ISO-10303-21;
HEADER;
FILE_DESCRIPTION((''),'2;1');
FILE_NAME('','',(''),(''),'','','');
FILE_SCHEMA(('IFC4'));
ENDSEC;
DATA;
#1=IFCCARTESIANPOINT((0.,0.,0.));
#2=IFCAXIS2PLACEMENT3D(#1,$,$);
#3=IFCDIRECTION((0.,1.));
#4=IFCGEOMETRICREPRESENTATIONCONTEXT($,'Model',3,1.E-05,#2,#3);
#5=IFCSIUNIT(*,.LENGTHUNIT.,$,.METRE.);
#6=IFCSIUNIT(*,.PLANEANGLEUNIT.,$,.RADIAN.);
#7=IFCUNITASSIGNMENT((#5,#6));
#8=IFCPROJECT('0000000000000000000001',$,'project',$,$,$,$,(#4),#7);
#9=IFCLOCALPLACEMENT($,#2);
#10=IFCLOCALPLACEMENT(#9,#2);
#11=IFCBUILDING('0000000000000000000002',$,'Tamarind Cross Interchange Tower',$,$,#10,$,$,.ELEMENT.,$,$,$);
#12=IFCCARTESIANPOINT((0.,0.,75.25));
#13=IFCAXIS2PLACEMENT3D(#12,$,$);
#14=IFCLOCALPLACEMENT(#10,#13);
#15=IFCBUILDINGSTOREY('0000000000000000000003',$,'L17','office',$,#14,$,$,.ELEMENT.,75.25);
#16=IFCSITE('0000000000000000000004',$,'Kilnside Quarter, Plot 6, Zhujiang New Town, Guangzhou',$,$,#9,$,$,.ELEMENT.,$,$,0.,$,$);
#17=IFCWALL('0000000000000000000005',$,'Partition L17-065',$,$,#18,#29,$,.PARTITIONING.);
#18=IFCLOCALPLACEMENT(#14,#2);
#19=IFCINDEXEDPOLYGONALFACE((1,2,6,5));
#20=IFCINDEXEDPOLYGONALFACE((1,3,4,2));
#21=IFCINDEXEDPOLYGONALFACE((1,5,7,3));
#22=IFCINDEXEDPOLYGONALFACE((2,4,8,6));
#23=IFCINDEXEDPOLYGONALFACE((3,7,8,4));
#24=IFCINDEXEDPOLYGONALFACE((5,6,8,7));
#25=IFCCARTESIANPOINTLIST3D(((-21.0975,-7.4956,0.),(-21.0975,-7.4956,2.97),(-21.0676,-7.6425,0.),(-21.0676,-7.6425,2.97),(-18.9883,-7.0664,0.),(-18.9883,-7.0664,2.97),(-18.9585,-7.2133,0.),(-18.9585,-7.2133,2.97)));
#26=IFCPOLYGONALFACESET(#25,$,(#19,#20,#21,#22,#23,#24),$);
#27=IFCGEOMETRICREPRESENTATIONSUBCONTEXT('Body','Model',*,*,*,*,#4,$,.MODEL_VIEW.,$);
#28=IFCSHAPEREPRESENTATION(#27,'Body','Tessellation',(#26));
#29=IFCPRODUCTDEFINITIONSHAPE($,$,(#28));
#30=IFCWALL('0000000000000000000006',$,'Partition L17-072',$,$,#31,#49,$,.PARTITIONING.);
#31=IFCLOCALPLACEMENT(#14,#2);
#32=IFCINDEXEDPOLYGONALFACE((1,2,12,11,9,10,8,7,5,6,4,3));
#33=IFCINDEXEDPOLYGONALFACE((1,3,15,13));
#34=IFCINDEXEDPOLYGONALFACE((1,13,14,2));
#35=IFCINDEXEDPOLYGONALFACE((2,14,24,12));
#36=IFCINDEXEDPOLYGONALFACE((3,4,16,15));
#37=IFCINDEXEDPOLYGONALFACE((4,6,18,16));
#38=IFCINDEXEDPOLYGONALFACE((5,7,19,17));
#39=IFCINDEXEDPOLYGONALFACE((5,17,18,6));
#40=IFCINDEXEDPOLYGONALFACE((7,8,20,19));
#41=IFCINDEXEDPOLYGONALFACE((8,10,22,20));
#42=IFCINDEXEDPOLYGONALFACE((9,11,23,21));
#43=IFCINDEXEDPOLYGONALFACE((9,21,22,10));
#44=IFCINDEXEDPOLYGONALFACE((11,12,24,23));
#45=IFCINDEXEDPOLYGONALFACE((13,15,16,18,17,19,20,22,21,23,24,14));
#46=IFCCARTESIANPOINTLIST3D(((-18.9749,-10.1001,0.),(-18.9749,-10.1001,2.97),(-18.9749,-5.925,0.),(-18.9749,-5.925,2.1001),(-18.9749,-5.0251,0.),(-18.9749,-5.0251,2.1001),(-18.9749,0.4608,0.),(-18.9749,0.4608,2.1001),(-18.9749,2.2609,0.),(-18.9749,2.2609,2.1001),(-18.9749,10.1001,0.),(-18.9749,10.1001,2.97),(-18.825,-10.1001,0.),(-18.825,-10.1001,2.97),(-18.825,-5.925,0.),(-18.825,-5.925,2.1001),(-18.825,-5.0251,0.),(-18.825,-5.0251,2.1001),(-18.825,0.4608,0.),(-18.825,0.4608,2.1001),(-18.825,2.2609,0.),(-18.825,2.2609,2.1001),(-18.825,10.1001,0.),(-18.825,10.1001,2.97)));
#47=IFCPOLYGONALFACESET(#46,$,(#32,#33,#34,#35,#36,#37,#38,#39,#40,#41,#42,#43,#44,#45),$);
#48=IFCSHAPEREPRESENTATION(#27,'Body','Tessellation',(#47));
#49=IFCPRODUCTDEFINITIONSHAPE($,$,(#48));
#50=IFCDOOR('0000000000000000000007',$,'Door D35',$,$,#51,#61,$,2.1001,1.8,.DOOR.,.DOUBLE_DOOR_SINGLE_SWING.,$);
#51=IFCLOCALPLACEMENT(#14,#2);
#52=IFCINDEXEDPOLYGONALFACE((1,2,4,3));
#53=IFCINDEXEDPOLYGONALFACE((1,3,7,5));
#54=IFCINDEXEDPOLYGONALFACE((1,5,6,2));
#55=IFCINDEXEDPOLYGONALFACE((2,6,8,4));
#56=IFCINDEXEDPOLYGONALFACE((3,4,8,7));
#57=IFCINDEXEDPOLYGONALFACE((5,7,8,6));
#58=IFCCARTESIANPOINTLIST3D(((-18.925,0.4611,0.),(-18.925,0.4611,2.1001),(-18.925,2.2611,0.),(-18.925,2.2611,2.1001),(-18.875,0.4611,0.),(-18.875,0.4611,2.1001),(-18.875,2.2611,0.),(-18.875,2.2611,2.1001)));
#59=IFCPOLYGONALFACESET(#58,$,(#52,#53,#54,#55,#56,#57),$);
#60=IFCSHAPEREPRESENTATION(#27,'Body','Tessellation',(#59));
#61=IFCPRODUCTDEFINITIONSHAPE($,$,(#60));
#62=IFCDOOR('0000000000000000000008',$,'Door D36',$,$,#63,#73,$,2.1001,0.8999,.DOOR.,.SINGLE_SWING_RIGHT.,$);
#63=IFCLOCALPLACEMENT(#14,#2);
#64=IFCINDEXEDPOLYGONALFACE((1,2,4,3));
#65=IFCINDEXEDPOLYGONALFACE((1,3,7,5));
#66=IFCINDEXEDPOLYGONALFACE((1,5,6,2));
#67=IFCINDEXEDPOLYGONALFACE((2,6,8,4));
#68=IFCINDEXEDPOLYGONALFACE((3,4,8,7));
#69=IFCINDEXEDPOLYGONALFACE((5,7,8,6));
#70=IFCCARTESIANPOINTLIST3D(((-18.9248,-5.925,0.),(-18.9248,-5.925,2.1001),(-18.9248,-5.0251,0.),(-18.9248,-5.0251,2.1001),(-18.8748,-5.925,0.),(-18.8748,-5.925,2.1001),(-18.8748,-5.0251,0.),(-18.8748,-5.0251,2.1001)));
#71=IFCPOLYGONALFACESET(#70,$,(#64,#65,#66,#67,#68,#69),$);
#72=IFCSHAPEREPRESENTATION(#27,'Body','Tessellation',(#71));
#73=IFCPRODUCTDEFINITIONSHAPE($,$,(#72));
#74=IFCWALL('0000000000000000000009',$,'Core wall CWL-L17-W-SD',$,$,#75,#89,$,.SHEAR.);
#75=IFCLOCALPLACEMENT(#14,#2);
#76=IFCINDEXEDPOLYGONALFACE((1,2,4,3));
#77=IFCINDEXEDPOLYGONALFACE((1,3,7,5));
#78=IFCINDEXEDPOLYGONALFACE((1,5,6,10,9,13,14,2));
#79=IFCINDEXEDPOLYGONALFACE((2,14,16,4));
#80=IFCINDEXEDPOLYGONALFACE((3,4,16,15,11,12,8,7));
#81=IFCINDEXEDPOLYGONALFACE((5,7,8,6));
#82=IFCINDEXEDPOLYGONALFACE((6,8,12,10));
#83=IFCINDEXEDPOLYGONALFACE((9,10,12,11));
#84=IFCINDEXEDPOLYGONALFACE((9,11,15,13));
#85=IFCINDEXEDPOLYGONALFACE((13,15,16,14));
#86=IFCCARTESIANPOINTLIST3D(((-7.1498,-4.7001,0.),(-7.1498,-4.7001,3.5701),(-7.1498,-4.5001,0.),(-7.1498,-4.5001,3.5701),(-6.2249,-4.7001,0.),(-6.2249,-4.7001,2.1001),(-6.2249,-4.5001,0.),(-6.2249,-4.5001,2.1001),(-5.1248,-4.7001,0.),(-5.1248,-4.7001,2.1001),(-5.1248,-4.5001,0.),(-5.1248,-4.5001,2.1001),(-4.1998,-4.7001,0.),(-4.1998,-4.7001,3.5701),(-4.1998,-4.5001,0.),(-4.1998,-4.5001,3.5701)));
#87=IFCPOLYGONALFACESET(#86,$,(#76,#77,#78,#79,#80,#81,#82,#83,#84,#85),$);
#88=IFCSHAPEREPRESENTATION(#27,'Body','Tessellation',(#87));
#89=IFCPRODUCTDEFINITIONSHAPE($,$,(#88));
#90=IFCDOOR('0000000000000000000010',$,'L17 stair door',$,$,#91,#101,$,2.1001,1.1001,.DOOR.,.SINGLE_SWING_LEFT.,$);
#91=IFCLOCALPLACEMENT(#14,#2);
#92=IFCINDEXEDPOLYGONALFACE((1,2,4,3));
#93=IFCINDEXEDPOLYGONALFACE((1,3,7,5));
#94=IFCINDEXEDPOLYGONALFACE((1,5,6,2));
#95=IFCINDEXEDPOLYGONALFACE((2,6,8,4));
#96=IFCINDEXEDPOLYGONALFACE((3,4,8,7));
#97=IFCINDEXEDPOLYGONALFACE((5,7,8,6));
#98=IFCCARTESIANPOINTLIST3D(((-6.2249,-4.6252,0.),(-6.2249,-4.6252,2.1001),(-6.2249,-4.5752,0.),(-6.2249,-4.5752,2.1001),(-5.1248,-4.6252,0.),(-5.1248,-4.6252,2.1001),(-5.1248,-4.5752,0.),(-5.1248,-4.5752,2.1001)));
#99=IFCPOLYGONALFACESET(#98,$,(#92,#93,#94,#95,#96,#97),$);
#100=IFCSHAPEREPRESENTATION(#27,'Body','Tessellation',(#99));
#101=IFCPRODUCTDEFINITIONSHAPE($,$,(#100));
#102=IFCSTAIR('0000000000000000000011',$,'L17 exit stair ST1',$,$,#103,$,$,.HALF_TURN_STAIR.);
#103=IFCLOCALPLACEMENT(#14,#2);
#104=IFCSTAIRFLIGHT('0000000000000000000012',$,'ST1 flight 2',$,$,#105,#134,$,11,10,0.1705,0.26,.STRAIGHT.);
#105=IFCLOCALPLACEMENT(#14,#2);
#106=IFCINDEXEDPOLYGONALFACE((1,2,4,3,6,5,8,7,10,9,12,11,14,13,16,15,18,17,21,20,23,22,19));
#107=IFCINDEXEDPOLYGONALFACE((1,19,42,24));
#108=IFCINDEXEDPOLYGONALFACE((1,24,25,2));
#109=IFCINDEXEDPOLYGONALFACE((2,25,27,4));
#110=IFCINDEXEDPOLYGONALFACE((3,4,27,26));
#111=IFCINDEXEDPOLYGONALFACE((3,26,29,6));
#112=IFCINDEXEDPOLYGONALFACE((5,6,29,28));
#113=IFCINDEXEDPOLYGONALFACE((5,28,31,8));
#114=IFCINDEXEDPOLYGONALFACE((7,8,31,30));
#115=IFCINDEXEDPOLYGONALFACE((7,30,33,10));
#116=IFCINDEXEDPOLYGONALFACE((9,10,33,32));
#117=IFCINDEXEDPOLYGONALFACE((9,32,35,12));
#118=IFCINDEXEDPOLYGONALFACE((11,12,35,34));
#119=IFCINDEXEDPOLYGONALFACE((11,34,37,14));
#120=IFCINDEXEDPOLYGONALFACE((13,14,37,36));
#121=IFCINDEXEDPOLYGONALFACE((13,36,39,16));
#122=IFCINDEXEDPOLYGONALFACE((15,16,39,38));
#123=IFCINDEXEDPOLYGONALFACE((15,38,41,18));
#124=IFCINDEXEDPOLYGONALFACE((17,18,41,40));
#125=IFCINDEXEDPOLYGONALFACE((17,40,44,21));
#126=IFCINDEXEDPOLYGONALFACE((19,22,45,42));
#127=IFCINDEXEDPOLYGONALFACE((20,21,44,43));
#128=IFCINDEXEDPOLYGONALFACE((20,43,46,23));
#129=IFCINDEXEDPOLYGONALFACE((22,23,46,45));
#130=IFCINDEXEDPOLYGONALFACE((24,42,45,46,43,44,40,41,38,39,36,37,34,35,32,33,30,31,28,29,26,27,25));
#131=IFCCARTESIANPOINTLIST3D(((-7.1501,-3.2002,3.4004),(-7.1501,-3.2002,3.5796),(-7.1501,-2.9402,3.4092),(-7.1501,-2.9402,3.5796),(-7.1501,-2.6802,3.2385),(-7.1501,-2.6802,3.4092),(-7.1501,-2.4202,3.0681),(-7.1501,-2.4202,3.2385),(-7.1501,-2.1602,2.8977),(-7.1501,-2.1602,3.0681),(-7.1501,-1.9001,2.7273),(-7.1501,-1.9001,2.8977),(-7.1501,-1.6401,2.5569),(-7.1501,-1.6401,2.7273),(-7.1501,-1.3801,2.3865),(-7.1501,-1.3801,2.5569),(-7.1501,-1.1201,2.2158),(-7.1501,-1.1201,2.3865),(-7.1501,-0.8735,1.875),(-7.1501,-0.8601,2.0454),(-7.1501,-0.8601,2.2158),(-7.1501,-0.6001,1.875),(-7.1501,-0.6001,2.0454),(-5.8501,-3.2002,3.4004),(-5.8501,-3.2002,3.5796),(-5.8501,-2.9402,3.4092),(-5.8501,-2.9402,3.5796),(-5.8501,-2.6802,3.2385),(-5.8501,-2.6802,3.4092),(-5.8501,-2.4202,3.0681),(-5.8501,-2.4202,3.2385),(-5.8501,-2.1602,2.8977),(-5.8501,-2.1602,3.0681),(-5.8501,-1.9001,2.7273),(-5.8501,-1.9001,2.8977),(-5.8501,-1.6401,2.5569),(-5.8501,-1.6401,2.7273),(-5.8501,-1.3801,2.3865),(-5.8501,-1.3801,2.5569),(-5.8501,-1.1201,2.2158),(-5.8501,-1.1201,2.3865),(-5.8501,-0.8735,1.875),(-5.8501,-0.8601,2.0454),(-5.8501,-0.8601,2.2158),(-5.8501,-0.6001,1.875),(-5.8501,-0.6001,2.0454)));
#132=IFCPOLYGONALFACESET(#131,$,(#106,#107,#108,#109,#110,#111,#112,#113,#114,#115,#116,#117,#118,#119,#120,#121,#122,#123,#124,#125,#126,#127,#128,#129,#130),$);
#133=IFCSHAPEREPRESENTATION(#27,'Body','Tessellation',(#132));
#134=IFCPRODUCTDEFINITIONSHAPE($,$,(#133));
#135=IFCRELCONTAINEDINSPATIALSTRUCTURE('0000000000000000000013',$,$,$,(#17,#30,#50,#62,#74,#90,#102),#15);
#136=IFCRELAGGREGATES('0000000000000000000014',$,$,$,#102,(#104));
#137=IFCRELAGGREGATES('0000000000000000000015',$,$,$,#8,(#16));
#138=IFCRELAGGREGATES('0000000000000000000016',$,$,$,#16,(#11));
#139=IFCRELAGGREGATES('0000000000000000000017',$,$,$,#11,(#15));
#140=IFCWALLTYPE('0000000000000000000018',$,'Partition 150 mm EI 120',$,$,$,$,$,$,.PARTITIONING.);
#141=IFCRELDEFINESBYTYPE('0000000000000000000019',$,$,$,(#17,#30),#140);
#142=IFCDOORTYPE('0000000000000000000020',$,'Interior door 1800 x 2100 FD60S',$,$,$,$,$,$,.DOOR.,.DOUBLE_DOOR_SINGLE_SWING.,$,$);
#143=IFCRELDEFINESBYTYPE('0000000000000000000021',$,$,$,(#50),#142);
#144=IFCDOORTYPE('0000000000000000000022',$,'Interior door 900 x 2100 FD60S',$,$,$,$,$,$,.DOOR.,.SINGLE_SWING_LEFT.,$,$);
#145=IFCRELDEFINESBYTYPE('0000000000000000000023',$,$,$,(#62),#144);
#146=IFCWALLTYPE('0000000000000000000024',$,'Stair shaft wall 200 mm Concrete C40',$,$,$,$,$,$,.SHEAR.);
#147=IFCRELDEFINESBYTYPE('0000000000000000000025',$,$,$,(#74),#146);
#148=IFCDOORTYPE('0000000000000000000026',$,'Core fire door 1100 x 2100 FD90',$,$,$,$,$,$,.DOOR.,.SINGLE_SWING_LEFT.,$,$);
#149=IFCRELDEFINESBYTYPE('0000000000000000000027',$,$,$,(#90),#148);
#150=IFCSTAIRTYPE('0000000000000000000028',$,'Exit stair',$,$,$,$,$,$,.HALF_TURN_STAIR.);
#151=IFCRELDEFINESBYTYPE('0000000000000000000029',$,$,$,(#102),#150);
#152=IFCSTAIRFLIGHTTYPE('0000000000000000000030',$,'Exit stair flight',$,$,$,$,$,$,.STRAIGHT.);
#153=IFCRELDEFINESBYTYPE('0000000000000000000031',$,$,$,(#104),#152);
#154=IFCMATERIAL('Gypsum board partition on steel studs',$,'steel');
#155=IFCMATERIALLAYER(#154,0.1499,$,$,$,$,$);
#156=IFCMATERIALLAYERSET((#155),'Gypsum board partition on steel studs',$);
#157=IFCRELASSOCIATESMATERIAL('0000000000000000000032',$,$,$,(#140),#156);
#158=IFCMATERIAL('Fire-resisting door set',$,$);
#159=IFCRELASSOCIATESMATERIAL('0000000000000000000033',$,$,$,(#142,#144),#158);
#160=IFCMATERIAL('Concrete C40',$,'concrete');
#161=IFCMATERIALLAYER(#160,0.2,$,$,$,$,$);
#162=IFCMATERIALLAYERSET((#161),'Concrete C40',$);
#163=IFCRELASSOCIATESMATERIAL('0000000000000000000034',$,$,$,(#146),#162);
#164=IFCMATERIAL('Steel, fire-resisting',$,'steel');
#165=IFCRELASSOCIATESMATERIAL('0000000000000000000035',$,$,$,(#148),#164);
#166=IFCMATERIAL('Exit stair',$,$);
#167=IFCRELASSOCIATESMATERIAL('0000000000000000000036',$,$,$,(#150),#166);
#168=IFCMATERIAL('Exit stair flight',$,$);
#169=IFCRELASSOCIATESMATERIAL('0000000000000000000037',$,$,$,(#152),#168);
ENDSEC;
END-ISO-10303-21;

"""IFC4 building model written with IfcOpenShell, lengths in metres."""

from ifc_helpers import new_model, si_unit, direction, frame, frame_2d, origin, place, context, subcontext, project, spatial, polyline, rectangle, outline, extrude, material, layer, layer_set, type_object, element, fill, aggregate, save


model = new_model("IFC4")

# Units and contexts
model_context = context("Model", 3, precision=1e-05, world=origin(), true_north=direction((0.0, 1.0)))
body_context = subcontext(model_context, "Body", "Model", "MODEL_VIEW")
ifc_project = project(units=[si_unit("LENGTHUNIT", "METRE"), si_unit("PLANEANGLEUNIT", "RADIAN")], contexts=[model_context])

# Site, building, storey
site_placement = place(None, origin())
site = spatial("IfcSite", under=ifc_project, at=site_placement, Name="Kilnside Quarter, Plot 6, Zhujiang New Town, Guangzhou", CompositionType="ELEMENT", RefElevation=0.0)
building_placement = place(site_placement, origin())
building = spatial("IfcBuilding", under=site, at=building_placement, Name="Tamarind Cross Interchange Tower", CompositionType="ELEMENT")
storey_placement = place(building_placement, frame((0.0, 0.0, 75.25)))
storey = spatial("IfcBuildingStorey", under=building, at=storey_placement, Name="L17", Description="office", CompositionType="ELEMENT", Elevation=75.25)

# Shared definitions
ifc_material_1 = material(Name="Steel, fire-resisting", Category="steel")

# Wall
ifc_material_2 = material(Name="Gypsum board partition on steel studs", Category="steel")
ifc_layer_1 = layer(ifc_material_2, 0.1499)
ifc_layer_set_1 = layer_set([ifc_layer_1], Name="Gypsum board partition on steel studs")
wall_type_1 = type_object("IfcWallType", Name="Partition 150 mm EI 120", PredefinedType="PARTITIONING", material=ifc_layer_set_1)
wall_1_placement = place(storey_placement, frame((-21.0825, -7.5691, 0.0), z_axis=(0.0, 0.0, 1.0), x_axis=(0.979916, 0.199409, 0.0)))
element("IfcWall", 1, at=wall_1_placement, inside=storey, type_object=wall_type_1, Name="Partition L17-065", PredefinedType="PARTITIONING", context=body_context, shape_type="SweptSolid", body=[
    extrude(rectangle(XDim=2.1523, YDim=0.1499, at=frame_2d((1.0762, 0.0))), origin(), (0.0, 0.0, 1.0), 2.97),
])

# Wall, openings, doors
wall_2_placement = place(storey_placement, frame((-18.8999, -10.1001, 0.0), z_axis=(0.0, 0.0, 1.0), x_axis=(0.0, 1.0, 0.0)))
wall_2 = element("IfcWall", 2, at=wall_2_placement, inside=storey, type_object=wall_type_1, Name="Partition L17-072", PredefinedType="PARTITIONING", context=body_context, shape_type="SweptSolid", body=[
    extrude(rectangle(XDim=20.2002, YDim=0.1499, at=frame_2d((10.1001, 0.0))), origin(), (0.0, 0.0, 1.0), 2.97),
])
opening_1_placement = place(wall_2_placement, frame((10.561, 0.0, 0.0)))
opening_1 = element("IfcOpeningElement", 3, at=opening_1_placement, cuts=wall_2, PredefinedType="OPENING", context=body_context, shape_type="SweptSolid", body=[
    extrude(rectangle(XDim=1.8, YDim=2.1001, at=frame_2d((0.8999, 1.05))), frame((0.0, 0.085, 0.0), z_axis=(0.0, -1.0, 0.0), x_axis=(1.0, 0.0, 0.0)), (0.0, 0.0, 1.0), 0.1699),
])
opening_2_placement = place(wall_2_placement, frame((4.175, 0.0, 0.0)))
opening_2 = element("IfcOpeningElement", 4, at=opening_2_placement, cuts=wall_2, PredefinedType="OPENING", context=body_context, shape_type="SweptSolid", body=[
    extrude(rectangle(XDim=0.8999, YDim=2.1001, at=frame_2d((0.45, 1.05))), frame((0.0, 0.085, 0.0), z_axis=(0.0, -1.0, 0.0), x_axis=(1.0, 0.0, 0.0)), (0.0, 0.0, 1.0), 0.1699),
])
ifc_material_3 = material(Name="Fire-resisting door set")
door_type_1 = type_object("IfcDoorType", Name="Interior door 1800 x 2100 FD60S", OperationType="DOUBLE_DOOR_SINGLE_SWING", PredefinedType="DOOR", material=ifc_material_3)
door_1_placement = place(opening_1_placement, frame((1.8, 0.0, 0.0), z_axis=(0.0, 0.0, 1.0), x_axis=(-1.0, 0.0, 0.0)))
door_1 = element("IfcDoor", 5, at=door_1_placement, inside=storey, type_object=door_type_1, Name="Door D35", OperationType="DOUBLE_DOOR_SINGLE_SWING", OverallHeight=2.1001, OverallWidth=1.8, PredefinedType="DOOR", context=body_context, shape_type="SweptSolid", body=[
    extrude(rectangle(XDim=1.8, YDim=2.1001, at=frame_2d((0.8999, 1.05))), frame((0.0, 0.0249, 0.0), z_axis=(0.0, -1.0, 0.0), x_axis=(1.0, 0.0, 0.0)), (0.0, 0.0, 1.0), 0.05),
])
fill(opening_1, door_1)
door_type_2 = type_object("IfcDoorType", Name="Interior door 900 x 2100 FD60S", OperationType="SINGLE_SWING_LEFT", PredefinedType="DOOR", material=ifc_material_3)
door_2_placement = place(opening_2_placement, origin())
door_2 = element("IfcDoor", 6, at=door_2_placement, inside=storey, type_object=door_type_2, Name="Door D36", OperationType="SINGLE_SWING_RIGHT", OverallHeight=2.1001, OverallWidth=0.8999, PredefinedType="DOOR", context=body_context, shape_type="SweptSolid", body=[
    extrude(rectangle(XDim=0.8999, YDim=2.1001, at=frame_2d((0.45, 1.05))), frame((0.0, 0.0249, 0.0), z_axis=(0.0, -1.0, 0.0), x_axis=(1.0, 0.0, 0.0)), (0.0, 0.0, 1.0), 0.05),
])
fill(opening_2, door_2)

# Wall, opening, door
ifc_material_4 = material(Name="Concrete C40", Category="concrete")
ifc_layer_2 = layer(ifc_material_4, 0.2)
ifc_layer_set_2 = layer_set([ifc_layer_2], Name="Concrete C40")
wall_type_2 = type_object("IfcWallType", Name="Stair shaft wall 200 mm Concrete C40", PredefinedType="SHEAR", material=ifc_layer_set_2)
wall_3_placement = place(storey_placement, frame((-7.1499, -4.6001, 0.0), z_axis=(0.0, 0.0, 1.0), x_axis=(1.0, 0.0, 0.0)))
wall_3 = element("IfcWall", 7, at=wall_3_placement, inside=storey, type_object=wall_type_2, Name="Core wall CWL-L17-W-SD", PredefinedType="SHEAR", context=body_context, shape_type="SweptSolid", body=[
    extrude(rectangle(XDim=2.95, YDim=0.2, at=frame_2d((1.4751, 0.0))), origin(), (0.0, 0.0, 1.0), 3.5701),
])
opening_3_placement = place(wall_3_placement, frame((0.925, 0.0, 0.0)))
opening_3 = element("IfcOpeningElement", 8, at=opening_3_placement, cuts=wall_3, PredefinedType="OPENING", context=body_context, shape_type="SweptSolid", body=[
    extrude(rectangle(XDim=1.1001, YDim=2.1001, at=frame_2d((0.55, 1.05))), frame((0.0, 0.1099, 0.0), z_axis=(0.0, -1.0, 0.0), x_axis=(1.0, 0.0, 0.0)), (0.0, 0.0, 1.0), 0.22),
])
door_type_3 = type_object("IfcDoorType", Name="Core fire door 1100 x 2100 FD90", OperationType="SINGLE_SWING_LEFT", PredefinedType="DOOR", material=ifc_material_1)
door_3_placement = place(opening_3_placement, origin())
door_3 = element("IfcDoor", 9, at=door_3_placement, inside=storey, type_object=door_type_3, Name="L17 stair door", OperationType="SINGLE_SWING_LEFT", OverallHeight=2.1001, OverallWidth=1.1001, PredefinedType="DOOR", context=body_context, shape_type="SweptSolid", body=[
    extrude(rectangle(XDim=1.1001, YDim=2.1001, at=frame_2d((0.55, 1.05))), frame((0.0, 0.0249, 0.0), z_axis=(0.0, -1.0, 0.0), x_axis=(1.0, 0.0, 0.0)), (0.0, 0.0, 1.0), 0.05),
])
fill(opening_3, door_3)

# Stair, stair flight
ifc_material_5 = material(Name="Exit stair")
stair_type = type_object("IfcStairType", Name="Exit stair", PredefinedType="HALF_TURN_STAIR", material=ifc_material_5)
stair_placement = place(storey_placement, origin())
stair = element("IfcStair", 10, at=stair_placement, inside=storey, type_object=stair_type, Name="L17 exit stair ST1", PredefinedType="HALF_TURN_STAIR")
ifc_material_6 = material(Name="Exit stair flight")
stair_flight_type = type_object("IfcStairFlightType", Name="Exit stair flight", PredefinedType="STRAIGHT", material=ifc_material_6)
stair_flight_placement = place(storey_placement, frame((-6.5, -0.6001, 1.875), z_axis=(0.0, 0.0, 1.0), x_axis=(0.0, -1.0, 0.0)))
stair_flight = element("IfcStairFlight", 11, at=stair_flight_placement, type_object=stair_flight_type, Name="ST1 flight 2", NumberOfRisers=11, NumberOfTreads=10, PredefinedType="STRAIGHT", RiserHeight=0.1705, TreadLength=0.26, context=body_context, shape_type="SweptSolid", body=[
    extrude(outline(polyline([(0.0, 0.0), (0.0, 0.1704), (0.26, 0.1704), (0.26, 0.3408), (0.52, 0.3408), (0.52, 0.5115), (0.78, 0.5115), (0.78, 0.6819), (1.04, 0.6819), (1.04, 0.8523), (1.3, 0.8523), (1.3, 1.0227), (1.5601, 1.0227), (1.5601, 1.1931), (1.8201, 1.1931), (1.8201, 1.3635), (2.0801, 1.3635), (2.0801, 1.5342), (2.3401, 1.5342), (2.3401, 1.7046), (2.6001, 1.7046), (2.6001, 1.875), (2.6001, 1.5254), (0.2734, 0.0), (0.0, 0.0)])), frame((0.0, 0.6499, 0.0), z_axis=(0.0, -1.0, 0.0), x_axis=(1.0, 0.0, 0.0)), (0.0, 0.0, 1.0), 1.3),
])
aggregate(stair, [stair_flight])

save(model, "model.ifc")
